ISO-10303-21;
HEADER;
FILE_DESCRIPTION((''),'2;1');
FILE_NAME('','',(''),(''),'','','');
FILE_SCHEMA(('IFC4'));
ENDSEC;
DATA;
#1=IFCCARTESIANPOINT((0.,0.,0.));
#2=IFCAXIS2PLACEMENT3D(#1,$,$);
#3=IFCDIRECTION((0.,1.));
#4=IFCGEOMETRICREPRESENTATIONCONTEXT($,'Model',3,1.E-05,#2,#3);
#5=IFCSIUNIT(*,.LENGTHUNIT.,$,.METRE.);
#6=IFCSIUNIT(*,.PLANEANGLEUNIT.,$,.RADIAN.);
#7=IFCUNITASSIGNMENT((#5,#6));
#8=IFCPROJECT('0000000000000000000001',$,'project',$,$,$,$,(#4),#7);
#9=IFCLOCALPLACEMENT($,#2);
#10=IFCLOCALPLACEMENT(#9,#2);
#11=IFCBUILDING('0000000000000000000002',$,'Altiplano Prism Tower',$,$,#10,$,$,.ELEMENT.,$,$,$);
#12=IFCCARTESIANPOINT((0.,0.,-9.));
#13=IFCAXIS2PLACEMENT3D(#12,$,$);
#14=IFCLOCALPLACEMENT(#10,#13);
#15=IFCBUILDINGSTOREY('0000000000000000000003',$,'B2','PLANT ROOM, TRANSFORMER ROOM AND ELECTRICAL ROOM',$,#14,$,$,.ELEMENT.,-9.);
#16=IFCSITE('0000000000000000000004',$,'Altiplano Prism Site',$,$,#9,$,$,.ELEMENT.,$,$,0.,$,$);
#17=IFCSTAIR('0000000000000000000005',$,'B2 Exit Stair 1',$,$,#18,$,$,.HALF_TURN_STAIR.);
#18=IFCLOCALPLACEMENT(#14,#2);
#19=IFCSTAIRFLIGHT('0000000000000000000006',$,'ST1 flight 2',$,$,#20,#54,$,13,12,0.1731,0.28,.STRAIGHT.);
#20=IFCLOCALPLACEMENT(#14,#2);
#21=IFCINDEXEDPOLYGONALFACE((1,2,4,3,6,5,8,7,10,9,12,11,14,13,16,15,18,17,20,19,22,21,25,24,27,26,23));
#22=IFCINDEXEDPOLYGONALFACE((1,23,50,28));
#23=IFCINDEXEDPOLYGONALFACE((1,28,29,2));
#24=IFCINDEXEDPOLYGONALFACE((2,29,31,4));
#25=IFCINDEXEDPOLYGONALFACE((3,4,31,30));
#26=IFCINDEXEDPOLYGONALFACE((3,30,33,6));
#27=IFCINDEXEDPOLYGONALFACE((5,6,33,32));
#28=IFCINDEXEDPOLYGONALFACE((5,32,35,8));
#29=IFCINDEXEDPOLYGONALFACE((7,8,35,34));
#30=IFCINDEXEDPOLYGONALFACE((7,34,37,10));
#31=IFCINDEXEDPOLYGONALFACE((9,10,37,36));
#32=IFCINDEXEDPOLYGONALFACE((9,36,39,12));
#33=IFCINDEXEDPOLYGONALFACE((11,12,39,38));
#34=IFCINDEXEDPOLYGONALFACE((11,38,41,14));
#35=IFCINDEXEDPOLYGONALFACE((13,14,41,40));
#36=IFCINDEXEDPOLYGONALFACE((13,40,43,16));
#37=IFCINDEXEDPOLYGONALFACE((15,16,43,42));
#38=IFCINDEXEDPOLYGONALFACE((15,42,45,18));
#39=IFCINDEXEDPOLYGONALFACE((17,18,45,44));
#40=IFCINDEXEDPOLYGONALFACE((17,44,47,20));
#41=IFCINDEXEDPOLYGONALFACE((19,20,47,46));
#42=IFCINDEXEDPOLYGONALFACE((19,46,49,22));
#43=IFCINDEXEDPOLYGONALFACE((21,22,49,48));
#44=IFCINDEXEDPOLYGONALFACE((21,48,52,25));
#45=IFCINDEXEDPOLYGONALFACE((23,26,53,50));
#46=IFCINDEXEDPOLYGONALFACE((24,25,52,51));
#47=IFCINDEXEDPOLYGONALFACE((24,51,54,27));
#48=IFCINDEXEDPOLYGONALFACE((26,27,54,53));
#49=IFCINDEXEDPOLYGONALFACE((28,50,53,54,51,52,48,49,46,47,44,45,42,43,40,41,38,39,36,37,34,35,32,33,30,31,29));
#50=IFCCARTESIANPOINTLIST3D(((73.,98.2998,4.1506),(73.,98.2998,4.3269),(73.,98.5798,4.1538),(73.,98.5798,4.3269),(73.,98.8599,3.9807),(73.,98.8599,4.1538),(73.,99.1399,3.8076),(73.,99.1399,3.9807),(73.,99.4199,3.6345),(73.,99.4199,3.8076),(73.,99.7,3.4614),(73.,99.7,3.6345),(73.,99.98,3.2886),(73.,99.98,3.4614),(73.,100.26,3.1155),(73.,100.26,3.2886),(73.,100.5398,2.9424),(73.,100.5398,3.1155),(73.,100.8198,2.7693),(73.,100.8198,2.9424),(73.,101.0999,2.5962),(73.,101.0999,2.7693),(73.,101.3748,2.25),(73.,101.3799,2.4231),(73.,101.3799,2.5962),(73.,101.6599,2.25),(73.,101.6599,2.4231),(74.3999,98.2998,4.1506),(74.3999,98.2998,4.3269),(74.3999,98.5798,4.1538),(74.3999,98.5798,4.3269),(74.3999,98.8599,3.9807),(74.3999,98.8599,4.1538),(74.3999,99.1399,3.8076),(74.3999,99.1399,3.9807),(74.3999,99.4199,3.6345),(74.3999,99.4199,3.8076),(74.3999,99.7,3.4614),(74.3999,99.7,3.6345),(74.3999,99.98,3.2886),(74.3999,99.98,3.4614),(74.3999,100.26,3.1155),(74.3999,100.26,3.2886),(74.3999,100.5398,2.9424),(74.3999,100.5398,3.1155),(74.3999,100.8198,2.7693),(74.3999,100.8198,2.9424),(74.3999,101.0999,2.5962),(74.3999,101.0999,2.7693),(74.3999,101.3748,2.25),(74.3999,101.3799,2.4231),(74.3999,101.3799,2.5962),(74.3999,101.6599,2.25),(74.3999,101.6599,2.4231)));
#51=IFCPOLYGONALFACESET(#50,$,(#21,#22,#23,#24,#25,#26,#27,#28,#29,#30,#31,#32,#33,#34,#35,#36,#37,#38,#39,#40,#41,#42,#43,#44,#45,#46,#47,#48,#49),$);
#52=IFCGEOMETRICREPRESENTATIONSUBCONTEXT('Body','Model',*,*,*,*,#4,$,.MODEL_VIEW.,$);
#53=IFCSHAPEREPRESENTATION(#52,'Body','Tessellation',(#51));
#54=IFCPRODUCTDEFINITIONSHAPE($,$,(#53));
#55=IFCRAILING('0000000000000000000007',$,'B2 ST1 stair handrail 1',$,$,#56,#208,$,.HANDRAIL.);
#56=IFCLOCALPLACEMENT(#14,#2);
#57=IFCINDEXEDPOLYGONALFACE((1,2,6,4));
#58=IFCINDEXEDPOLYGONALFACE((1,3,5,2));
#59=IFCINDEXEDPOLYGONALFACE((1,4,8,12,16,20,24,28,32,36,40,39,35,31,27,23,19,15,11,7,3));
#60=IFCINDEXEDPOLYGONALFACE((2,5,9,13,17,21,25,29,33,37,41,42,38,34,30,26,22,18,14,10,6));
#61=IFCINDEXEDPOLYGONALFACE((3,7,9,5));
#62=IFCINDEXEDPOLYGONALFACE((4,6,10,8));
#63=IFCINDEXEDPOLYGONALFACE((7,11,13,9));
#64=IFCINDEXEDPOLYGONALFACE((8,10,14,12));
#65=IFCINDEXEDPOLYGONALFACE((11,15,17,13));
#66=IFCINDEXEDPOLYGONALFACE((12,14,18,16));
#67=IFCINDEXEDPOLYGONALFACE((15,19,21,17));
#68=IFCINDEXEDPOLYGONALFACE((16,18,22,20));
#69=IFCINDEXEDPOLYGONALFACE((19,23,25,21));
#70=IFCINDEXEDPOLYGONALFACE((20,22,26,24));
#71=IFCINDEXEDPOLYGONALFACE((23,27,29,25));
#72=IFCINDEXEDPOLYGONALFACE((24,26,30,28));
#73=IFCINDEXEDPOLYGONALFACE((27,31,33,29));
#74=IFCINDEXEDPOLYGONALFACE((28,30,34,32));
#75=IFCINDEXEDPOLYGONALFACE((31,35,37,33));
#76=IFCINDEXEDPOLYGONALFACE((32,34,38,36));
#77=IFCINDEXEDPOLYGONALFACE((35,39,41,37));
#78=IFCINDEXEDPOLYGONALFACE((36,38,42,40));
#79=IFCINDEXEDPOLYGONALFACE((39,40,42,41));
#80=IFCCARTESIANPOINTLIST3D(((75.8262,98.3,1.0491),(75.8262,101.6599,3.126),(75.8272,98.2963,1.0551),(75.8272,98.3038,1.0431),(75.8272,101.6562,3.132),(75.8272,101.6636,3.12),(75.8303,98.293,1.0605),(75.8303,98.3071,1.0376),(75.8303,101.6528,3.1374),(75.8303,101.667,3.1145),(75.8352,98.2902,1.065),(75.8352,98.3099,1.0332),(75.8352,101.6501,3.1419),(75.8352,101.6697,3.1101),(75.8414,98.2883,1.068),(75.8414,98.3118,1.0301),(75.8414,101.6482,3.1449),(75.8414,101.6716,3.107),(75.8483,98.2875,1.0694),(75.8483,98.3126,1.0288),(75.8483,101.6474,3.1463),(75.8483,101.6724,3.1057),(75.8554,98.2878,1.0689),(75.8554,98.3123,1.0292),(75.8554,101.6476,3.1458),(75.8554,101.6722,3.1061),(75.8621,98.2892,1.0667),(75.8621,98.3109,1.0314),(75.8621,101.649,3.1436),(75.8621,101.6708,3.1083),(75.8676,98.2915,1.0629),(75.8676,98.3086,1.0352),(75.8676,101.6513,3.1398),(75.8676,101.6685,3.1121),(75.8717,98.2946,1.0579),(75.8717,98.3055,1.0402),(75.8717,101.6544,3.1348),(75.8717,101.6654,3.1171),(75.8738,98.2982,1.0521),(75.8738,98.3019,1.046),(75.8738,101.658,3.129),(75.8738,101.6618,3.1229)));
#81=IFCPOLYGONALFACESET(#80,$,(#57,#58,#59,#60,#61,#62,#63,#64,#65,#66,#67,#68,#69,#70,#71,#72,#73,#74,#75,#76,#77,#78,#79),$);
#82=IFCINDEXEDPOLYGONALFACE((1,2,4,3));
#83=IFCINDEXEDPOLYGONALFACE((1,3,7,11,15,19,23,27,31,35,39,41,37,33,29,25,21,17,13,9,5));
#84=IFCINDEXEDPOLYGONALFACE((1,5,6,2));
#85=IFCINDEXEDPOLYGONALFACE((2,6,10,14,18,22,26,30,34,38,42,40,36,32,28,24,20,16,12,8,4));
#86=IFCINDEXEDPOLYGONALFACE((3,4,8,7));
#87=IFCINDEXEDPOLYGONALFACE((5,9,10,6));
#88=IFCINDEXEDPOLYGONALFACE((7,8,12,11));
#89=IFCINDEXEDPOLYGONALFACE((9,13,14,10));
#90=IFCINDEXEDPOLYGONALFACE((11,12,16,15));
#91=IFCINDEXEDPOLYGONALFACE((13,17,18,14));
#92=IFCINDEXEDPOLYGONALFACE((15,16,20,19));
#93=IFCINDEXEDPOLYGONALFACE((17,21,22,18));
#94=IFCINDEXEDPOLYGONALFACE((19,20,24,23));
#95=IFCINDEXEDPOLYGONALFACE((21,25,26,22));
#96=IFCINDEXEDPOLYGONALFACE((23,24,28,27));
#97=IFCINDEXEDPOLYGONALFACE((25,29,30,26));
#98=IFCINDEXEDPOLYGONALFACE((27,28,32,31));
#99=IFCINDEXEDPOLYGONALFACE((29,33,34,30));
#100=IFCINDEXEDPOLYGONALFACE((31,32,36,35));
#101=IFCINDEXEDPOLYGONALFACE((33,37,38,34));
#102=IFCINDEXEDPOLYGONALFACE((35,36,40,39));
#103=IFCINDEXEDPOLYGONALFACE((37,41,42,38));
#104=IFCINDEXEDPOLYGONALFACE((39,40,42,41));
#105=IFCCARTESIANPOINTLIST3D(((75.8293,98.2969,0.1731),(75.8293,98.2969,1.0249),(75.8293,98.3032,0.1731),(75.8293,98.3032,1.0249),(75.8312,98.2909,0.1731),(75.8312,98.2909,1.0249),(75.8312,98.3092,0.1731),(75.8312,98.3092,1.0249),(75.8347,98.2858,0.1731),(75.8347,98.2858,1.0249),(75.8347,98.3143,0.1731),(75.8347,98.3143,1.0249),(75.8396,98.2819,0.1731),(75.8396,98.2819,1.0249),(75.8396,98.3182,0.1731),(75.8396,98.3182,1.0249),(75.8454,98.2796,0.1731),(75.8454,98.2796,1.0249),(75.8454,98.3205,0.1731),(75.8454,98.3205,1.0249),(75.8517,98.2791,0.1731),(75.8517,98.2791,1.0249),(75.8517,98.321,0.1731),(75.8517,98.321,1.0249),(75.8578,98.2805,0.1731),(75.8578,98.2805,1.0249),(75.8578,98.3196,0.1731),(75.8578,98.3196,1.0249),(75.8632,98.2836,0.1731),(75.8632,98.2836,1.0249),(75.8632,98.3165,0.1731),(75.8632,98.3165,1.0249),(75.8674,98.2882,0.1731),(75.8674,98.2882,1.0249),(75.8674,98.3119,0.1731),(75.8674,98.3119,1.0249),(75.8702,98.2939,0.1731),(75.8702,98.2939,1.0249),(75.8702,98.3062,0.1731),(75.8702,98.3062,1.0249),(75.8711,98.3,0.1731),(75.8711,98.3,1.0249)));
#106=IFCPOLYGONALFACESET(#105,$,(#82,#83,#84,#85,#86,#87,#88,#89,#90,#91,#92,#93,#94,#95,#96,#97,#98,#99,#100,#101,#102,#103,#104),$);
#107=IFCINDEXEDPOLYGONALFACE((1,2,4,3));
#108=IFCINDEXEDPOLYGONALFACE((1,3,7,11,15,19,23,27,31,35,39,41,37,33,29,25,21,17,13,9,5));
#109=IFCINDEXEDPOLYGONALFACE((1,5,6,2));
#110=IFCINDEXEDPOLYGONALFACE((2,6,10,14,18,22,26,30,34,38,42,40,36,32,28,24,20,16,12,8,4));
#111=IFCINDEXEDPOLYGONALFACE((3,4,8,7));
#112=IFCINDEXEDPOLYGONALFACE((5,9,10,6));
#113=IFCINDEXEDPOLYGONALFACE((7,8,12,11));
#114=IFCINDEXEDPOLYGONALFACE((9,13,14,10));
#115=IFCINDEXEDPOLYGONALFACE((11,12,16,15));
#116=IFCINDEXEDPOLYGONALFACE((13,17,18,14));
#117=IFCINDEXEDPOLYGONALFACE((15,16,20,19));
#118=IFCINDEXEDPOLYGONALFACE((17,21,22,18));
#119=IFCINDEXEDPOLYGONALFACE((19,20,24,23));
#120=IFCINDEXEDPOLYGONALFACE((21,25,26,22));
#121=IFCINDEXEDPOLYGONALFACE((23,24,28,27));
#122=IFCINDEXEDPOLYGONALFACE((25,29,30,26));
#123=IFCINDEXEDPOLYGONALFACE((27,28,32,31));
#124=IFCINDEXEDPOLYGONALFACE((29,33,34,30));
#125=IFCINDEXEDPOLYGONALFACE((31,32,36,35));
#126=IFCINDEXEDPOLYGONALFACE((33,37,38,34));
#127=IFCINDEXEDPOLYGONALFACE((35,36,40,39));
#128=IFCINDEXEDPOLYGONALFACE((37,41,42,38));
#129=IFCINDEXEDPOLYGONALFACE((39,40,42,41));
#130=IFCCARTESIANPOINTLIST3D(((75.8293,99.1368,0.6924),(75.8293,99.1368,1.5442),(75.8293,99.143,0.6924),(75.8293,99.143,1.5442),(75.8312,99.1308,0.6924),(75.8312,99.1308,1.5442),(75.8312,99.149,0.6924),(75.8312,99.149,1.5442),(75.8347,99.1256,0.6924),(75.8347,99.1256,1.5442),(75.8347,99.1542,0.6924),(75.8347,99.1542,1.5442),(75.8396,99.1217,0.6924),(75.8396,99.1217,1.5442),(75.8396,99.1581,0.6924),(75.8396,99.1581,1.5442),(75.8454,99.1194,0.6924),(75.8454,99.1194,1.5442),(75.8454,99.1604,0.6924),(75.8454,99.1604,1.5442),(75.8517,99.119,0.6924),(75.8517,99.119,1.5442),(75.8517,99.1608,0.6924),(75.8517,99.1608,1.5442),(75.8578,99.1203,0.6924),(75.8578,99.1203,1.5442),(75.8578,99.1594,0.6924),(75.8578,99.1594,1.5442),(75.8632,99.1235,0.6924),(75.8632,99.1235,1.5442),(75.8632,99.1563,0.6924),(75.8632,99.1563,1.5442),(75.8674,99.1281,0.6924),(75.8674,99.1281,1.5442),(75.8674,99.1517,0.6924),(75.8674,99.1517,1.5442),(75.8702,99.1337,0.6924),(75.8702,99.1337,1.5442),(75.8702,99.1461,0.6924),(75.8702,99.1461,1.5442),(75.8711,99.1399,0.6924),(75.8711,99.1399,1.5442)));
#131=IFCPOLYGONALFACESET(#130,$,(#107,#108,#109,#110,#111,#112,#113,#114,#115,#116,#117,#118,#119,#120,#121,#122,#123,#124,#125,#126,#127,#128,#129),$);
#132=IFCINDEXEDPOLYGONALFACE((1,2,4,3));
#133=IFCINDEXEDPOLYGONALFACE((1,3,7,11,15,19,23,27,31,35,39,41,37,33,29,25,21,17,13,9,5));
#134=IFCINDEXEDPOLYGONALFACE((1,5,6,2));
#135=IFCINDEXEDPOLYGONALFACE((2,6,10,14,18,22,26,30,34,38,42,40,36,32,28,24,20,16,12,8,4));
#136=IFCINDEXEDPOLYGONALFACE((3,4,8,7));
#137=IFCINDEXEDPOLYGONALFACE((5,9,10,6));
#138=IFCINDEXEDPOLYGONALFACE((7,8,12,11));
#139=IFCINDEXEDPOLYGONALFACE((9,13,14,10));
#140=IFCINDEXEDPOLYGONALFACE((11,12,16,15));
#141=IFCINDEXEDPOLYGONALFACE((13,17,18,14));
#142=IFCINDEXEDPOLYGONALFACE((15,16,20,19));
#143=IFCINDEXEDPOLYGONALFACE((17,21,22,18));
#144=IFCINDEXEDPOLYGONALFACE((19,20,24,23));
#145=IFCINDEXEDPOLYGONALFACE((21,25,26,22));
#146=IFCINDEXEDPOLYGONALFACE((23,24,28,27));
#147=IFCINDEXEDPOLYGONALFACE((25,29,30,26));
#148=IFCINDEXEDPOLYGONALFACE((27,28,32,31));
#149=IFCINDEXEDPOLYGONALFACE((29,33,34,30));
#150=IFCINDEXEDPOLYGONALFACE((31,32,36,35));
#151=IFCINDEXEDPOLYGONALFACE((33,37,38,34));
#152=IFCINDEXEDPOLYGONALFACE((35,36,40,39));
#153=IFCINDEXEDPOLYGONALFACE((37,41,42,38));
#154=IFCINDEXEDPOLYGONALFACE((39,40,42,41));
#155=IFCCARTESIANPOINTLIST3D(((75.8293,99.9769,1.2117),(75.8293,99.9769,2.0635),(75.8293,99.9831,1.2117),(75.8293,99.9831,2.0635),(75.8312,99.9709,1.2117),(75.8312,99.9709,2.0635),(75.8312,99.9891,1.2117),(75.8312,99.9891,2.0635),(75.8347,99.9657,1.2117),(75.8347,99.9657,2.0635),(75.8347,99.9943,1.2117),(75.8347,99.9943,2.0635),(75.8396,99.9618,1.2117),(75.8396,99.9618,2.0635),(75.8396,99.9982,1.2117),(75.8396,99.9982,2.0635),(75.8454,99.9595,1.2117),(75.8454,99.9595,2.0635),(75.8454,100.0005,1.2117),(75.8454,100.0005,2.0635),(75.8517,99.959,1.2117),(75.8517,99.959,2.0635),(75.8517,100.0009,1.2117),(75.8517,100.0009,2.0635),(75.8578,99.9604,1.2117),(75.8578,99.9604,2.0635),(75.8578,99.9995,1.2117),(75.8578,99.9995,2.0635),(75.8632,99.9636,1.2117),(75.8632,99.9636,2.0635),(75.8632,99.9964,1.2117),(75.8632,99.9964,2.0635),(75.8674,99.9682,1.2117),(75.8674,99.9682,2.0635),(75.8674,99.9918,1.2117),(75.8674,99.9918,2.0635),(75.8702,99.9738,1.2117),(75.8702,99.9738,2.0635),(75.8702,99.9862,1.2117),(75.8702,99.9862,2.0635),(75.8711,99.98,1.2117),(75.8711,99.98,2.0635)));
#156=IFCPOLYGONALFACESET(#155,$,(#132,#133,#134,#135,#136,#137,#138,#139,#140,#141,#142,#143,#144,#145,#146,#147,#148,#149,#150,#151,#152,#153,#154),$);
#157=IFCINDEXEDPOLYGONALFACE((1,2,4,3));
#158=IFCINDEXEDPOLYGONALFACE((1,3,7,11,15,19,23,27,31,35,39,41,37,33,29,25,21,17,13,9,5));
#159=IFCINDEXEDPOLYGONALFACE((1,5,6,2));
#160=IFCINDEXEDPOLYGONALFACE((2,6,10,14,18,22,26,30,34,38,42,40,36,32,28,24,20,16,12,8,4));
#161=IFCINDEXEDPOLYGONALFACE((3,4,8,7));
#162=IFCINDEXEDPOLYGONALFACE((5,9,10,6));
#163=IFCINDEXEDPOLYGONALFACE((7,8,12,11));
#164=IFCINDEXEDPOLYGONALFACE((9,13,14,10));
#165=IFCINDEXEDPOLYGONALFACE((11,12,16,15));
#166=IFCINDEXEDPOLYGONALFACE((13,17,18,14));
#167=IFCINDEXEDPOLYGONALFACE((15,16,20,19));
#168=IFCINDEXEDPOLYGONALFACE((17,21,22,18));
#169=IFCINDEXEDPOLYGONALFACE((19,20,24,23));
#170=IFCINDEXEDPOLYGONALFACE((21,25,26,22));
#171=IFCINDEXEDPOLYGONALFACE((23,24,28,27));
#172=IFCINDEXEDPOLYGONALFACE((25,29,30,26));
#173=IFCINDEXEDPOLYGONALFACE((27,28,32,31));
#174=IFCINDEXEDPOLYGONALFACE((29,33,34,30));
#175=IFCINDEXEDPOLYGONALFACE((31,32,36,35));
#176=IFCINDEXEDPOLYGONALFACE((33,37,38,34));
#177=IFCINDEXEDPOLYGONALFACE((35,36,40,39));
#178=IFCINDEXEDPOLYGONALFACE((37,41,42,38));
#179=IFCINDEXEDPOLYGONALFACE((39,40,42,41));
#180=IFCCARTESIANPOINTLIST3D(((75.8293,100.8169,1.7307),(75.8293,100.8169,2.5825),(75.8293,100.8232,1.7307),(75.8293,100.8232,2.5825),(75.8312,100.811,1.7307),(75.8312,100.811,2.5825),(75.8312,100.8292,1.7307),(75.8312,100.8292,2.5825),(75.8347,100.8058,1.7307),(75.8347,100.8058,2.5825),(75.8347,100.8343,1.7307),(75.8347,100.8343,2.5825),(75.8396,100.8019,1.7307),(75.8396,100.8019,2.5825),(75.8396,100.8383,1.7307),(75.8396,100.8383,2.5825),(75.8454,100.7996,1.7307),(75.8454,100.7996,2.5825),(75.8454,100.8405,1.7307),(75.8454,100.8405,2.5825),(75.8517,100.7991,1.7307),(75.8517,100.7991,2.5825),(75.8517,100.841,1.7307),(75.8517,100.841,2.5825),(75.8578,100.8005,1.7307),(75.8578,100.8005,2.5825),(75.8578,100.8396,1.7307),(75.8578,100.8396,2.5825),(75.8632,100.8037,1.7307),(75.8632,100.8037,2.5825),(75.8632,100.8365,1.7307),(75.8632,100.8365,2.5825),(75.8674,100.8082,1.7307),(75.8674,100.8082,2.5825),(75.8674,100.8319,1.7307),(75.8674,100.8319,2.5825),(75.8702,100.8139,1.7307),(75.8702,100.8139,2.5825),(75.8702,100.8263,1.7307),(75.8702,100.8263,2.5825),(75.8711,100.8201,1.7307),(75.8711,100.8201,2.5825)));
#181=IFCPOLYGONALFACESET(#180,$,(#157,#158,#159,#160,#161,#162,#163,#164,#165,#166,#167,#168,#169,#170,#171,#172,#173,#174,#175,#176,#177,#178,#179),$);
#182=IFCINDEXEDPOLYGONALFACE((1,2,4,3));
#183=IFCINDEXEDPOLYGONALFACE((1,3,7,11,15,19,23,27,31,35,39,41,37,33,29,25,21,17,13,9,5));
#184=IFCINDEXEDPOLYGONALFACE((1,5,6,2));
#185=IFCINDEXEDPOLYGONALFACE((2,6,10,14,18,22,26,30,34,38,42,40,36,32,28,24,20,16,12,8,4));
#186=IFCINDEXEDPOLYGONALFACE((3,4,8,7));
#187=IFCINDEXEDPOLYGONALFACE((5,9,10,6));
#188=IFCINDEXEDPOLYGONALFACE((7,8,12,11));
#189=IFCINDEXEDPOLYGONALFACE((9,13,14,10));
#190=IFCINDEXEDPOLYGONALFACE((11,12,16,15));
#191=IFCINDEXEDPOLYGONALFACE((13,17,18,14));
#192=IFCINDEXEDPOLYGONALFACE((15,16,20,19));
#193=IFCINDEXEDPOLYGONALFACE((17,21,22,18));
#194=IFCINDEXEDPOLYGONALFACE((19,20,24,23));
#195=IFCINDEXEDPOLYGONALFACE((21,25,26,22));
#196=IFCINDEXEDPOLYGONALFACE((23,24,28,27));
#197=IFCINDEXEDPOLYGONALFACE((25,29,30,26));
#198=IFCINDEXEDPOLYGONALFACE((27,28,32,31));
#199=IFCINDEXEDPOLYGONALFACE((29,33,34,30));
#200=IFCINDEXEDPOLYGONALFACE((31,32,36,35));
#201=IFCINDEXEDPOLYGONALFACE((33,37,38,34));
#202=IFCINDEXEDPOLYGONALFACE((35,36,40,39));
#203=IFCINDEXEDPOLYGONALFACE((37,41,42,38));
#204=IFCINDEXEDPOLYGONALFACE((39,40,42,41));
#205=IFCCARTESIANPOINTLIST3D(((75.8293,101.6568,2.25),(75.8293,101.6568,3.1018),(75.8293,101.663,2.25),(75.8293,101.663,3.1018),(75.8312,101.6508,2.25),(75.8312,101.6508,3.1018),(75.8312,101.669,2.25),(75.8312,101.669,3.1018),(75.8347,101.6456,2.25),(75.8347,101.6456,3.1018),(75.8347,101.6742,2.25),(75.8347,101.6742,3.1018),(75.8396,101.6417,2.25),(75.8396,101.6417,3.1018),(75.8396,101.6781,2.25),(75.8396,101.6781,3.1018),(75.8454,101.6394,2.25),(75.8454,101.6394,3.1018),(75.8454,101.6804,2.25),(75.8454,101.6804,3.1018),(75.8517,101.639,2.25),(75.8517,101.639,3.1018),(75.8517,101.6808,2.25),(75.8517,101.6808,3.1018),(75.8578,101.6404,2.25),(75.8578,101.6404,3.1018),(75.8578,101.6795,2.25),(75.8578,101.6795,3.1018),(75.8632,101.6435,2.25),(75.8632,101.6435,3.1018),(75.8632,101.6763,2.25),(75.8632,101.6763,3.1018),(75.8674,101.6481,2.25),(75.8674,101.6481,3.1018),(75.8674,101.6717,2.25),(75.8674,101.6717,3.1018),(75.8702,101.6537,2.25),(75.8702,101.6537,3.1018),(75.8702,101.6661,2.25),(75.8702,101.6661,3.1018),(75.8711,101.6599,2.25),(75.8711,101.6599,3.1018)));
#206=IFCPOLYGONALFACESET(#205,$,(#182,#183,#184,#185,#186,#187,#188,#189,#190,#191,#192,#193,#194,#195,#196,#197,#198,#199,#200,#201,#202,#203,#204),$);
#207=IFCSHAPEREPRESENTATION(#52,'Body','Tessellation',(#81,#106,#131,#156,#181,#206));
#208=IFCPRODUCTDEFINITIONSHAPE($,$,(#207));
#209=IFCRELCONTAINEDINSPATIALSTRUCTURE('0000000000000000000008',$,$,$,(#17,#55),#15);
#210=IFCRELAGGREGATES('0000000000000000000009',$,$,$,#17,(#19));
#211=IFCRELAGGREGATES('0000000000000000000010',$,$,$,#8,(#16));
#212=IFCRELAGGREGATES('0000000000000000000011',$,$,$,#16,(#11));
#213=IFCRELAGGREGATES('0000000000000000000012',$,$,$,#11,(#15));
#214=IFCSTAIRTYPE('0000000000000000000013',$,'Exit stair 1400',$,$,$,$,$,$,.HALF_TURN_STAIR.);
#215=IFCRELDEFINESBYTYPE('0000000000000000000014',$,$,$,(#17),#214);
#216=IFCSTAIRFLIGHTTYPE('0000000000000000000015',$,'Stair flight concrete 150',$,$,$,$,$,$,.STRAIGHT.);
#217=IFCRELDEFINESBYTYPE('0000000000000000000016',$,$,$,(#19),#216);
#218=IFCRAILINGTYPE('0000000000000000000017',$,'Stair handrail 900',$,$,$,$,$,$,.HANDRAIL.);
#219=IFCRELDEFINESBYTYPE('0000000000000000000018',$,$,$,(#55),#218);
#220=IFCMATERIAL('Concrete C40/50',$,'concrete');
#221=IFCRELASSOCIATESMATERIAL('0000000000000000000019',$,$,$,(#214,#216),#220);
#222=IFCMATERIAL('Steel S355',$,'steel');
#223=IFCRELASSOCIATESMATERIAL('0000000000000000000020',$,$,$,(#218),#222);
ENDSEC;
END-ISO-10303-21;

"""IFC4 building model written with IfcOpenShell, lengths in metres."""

from ifc_helpers import new_model, si_unit, direction, frame, origin, origin_2d, place, context, subcontext, project, spatial, polyline, circle, outline, extrude, material, type_object, element, aggregate, save


model = new_model("IFC4")

# Units and contexts
model_context = context("Model", 3, precision=1e-05, world=origin(), true_north=direction((0.0, 1.0)))
body_context = subcontext(model_context, "Body", "Model", "MODEL_VIEW")
ifc_project = project(units=[si_unit("LENGTHUNIT", "METRE"), si_unit("PLANEANGLEUNIT", "RADIAN")], contexts=[model_context])

# Site, building, storey
site_placement = place(None, origin())
site = spatial("IfcSite", under=ifc_project, at=site_placement, Name="Altiplano Prism Site", CompositionType="ELEMENT", RefElevation=0.0)
building_placement = place(site_placement, origin())
building = spatial("IfcBuilding", under=site, at=building_placement, Name="Altiplano Prism Tower", CompositionType="ELEMENT")
storey_placement = place(building_placement, frame((0.0, 0.0, -9.0)))
storey = spatial("IfcBuildingStorey", under=building, at=storey_placement, Name="B2", Description="PLANT ROOM, TRANSFORMER ROOM AND ELECTRICAL ROOM", CompositionType="ELEMENT", Elevation=-9.0)

# Stair, stair flight
ifc_material_1 = material(Name="Concrete C40/50", Category="concrete")
stair_type = type_object("IfcStairType", Name="Exit stair 1400", PredefinedType="HALF_TURN_STAIR", material=ifc_material_1)
stair_placement = place(storey_placement, origin())
stair = element("IfcStair", 1, at=stair_placement, inside=storey, type_object=stair_type, Name="B2 Exit Stair 1", PredefinedType="HALF_TURN_STAIR")
stair_flight_type = type_object("IfcStairFlightType", Name="Stair flight concrete 150", PredefinedType="STRAIGHT", material=ifc_material_1)
stair_flight_1_placement = place(storey_placement, frame((73.7, 101.6599, 2.25), z_axis=(0.0, 0.0, 1.0), x_axis=(0.0, -1.0, 0.0)))
stair_flight_1 = element("IfcStairFlight", 2, at=stair_flight_1_placement, type_object=stair_flight_type, Name="ST1 flight 2", NumberOfRisers=13, NumberOfTreads=12, PredefinedType="STRAIGHT", RiserHeight=0.1731, TreadLength=0.28, context=body_context, shape_type="SweptSolid", body=[
    extrude(outline(polyline([(0.0, 0.0), (0.0, 0.1731), (0.28, 0.1731), (0.28, 0.3462), (0.5601, 0.3462), (0.5601, 0.5193), (0.8401, 0.5193), (0.8401, 0.6924), (1.1201, 0.6924), (1.1201, 0.8655), (1.3999, 0.8655), (1.3999, 1.0386), (1.6799, 1.0386), (1.6799, 1.2114), (1.96, 1.2114), (1.96, 1.3845), (2.24, 1.3845), (2.24, 1.5576), (2.52, 1.5576), (2.52, 1.7307), (2.8, 1.7307), (2.8, 1.9038), (3.0801, 1.9038), (3.0801, 2.0769), (3.3601, 2.0769), (3.3601, 2.25), (3.3601, 1.9006), (0.2852, 0.0), (0.0, 0.0)])), frame((0.0, 0.7, 0.0), z_axis=(0.0, -1.0, 0.0), x_axis=(1.0, 0.0, 0.0)), (0.0, 0.0, 1.0), 1.3999),
])
aggregate(stair, [stair_flight_1])

# Railing
ifc_material_2 = material(Name="Steel S355", Category="steel")
railing_type_1 = type_object("IfcRailingType", Name="Stair handrail 900", PredefinedType="HANDRAIL", material=ifc_material_2)
railing_1_placement = place(storey_placement, frame((75.8501, 98.3, 0.1731)))
element("IfcRailing", 3, at=railing_1_placement, inside=storey, type_object=railing_type_1, Name="B2 ST1 stair handrail 1", PredefinedType="HANDRAIL", context=body_context, shape_type="SweptSolid", body=[
    extrude(circle(Radius=0.0239, at=origin_2d()), frame((0.0, 0.0, 0.876), z_axis=(0.0, 0.850606, 0.525803), x_axis=(-1.0, 0.0, 0.0)), (0.0, 0.0, 1.0), 3.95),
    extrude(circle(Radius=0.021, at=origin_2d()), origin(), (0.0, 0.0, 1.0), 0.8518),
    extrude(circle(Radius=0.021, at=origin_2d()), frame((0.0, 0.8398, 0.5193)), (0.0, 0.0, 1.0), 0.8518),
    extrude(circle(Radius=0.021, at=origin_2d()), frame((0.0, 1.6799, 1.0386)), (0.0, 0.0, 1.0), 0.8518),
    extrude(circle(Radius=0.021, at=origin_2d()), frame((0.0, 2.52, 1.5576)), (0.0, 0.0, 1.0), 0.8518),
    extrude(circle(Radius=0.021, at=origin_2d()), frame((0.0, 3.3599, 2.0769)), (0.0, 0.0, 1.0), 0.8518),
])

save(model, "model.ifc")
